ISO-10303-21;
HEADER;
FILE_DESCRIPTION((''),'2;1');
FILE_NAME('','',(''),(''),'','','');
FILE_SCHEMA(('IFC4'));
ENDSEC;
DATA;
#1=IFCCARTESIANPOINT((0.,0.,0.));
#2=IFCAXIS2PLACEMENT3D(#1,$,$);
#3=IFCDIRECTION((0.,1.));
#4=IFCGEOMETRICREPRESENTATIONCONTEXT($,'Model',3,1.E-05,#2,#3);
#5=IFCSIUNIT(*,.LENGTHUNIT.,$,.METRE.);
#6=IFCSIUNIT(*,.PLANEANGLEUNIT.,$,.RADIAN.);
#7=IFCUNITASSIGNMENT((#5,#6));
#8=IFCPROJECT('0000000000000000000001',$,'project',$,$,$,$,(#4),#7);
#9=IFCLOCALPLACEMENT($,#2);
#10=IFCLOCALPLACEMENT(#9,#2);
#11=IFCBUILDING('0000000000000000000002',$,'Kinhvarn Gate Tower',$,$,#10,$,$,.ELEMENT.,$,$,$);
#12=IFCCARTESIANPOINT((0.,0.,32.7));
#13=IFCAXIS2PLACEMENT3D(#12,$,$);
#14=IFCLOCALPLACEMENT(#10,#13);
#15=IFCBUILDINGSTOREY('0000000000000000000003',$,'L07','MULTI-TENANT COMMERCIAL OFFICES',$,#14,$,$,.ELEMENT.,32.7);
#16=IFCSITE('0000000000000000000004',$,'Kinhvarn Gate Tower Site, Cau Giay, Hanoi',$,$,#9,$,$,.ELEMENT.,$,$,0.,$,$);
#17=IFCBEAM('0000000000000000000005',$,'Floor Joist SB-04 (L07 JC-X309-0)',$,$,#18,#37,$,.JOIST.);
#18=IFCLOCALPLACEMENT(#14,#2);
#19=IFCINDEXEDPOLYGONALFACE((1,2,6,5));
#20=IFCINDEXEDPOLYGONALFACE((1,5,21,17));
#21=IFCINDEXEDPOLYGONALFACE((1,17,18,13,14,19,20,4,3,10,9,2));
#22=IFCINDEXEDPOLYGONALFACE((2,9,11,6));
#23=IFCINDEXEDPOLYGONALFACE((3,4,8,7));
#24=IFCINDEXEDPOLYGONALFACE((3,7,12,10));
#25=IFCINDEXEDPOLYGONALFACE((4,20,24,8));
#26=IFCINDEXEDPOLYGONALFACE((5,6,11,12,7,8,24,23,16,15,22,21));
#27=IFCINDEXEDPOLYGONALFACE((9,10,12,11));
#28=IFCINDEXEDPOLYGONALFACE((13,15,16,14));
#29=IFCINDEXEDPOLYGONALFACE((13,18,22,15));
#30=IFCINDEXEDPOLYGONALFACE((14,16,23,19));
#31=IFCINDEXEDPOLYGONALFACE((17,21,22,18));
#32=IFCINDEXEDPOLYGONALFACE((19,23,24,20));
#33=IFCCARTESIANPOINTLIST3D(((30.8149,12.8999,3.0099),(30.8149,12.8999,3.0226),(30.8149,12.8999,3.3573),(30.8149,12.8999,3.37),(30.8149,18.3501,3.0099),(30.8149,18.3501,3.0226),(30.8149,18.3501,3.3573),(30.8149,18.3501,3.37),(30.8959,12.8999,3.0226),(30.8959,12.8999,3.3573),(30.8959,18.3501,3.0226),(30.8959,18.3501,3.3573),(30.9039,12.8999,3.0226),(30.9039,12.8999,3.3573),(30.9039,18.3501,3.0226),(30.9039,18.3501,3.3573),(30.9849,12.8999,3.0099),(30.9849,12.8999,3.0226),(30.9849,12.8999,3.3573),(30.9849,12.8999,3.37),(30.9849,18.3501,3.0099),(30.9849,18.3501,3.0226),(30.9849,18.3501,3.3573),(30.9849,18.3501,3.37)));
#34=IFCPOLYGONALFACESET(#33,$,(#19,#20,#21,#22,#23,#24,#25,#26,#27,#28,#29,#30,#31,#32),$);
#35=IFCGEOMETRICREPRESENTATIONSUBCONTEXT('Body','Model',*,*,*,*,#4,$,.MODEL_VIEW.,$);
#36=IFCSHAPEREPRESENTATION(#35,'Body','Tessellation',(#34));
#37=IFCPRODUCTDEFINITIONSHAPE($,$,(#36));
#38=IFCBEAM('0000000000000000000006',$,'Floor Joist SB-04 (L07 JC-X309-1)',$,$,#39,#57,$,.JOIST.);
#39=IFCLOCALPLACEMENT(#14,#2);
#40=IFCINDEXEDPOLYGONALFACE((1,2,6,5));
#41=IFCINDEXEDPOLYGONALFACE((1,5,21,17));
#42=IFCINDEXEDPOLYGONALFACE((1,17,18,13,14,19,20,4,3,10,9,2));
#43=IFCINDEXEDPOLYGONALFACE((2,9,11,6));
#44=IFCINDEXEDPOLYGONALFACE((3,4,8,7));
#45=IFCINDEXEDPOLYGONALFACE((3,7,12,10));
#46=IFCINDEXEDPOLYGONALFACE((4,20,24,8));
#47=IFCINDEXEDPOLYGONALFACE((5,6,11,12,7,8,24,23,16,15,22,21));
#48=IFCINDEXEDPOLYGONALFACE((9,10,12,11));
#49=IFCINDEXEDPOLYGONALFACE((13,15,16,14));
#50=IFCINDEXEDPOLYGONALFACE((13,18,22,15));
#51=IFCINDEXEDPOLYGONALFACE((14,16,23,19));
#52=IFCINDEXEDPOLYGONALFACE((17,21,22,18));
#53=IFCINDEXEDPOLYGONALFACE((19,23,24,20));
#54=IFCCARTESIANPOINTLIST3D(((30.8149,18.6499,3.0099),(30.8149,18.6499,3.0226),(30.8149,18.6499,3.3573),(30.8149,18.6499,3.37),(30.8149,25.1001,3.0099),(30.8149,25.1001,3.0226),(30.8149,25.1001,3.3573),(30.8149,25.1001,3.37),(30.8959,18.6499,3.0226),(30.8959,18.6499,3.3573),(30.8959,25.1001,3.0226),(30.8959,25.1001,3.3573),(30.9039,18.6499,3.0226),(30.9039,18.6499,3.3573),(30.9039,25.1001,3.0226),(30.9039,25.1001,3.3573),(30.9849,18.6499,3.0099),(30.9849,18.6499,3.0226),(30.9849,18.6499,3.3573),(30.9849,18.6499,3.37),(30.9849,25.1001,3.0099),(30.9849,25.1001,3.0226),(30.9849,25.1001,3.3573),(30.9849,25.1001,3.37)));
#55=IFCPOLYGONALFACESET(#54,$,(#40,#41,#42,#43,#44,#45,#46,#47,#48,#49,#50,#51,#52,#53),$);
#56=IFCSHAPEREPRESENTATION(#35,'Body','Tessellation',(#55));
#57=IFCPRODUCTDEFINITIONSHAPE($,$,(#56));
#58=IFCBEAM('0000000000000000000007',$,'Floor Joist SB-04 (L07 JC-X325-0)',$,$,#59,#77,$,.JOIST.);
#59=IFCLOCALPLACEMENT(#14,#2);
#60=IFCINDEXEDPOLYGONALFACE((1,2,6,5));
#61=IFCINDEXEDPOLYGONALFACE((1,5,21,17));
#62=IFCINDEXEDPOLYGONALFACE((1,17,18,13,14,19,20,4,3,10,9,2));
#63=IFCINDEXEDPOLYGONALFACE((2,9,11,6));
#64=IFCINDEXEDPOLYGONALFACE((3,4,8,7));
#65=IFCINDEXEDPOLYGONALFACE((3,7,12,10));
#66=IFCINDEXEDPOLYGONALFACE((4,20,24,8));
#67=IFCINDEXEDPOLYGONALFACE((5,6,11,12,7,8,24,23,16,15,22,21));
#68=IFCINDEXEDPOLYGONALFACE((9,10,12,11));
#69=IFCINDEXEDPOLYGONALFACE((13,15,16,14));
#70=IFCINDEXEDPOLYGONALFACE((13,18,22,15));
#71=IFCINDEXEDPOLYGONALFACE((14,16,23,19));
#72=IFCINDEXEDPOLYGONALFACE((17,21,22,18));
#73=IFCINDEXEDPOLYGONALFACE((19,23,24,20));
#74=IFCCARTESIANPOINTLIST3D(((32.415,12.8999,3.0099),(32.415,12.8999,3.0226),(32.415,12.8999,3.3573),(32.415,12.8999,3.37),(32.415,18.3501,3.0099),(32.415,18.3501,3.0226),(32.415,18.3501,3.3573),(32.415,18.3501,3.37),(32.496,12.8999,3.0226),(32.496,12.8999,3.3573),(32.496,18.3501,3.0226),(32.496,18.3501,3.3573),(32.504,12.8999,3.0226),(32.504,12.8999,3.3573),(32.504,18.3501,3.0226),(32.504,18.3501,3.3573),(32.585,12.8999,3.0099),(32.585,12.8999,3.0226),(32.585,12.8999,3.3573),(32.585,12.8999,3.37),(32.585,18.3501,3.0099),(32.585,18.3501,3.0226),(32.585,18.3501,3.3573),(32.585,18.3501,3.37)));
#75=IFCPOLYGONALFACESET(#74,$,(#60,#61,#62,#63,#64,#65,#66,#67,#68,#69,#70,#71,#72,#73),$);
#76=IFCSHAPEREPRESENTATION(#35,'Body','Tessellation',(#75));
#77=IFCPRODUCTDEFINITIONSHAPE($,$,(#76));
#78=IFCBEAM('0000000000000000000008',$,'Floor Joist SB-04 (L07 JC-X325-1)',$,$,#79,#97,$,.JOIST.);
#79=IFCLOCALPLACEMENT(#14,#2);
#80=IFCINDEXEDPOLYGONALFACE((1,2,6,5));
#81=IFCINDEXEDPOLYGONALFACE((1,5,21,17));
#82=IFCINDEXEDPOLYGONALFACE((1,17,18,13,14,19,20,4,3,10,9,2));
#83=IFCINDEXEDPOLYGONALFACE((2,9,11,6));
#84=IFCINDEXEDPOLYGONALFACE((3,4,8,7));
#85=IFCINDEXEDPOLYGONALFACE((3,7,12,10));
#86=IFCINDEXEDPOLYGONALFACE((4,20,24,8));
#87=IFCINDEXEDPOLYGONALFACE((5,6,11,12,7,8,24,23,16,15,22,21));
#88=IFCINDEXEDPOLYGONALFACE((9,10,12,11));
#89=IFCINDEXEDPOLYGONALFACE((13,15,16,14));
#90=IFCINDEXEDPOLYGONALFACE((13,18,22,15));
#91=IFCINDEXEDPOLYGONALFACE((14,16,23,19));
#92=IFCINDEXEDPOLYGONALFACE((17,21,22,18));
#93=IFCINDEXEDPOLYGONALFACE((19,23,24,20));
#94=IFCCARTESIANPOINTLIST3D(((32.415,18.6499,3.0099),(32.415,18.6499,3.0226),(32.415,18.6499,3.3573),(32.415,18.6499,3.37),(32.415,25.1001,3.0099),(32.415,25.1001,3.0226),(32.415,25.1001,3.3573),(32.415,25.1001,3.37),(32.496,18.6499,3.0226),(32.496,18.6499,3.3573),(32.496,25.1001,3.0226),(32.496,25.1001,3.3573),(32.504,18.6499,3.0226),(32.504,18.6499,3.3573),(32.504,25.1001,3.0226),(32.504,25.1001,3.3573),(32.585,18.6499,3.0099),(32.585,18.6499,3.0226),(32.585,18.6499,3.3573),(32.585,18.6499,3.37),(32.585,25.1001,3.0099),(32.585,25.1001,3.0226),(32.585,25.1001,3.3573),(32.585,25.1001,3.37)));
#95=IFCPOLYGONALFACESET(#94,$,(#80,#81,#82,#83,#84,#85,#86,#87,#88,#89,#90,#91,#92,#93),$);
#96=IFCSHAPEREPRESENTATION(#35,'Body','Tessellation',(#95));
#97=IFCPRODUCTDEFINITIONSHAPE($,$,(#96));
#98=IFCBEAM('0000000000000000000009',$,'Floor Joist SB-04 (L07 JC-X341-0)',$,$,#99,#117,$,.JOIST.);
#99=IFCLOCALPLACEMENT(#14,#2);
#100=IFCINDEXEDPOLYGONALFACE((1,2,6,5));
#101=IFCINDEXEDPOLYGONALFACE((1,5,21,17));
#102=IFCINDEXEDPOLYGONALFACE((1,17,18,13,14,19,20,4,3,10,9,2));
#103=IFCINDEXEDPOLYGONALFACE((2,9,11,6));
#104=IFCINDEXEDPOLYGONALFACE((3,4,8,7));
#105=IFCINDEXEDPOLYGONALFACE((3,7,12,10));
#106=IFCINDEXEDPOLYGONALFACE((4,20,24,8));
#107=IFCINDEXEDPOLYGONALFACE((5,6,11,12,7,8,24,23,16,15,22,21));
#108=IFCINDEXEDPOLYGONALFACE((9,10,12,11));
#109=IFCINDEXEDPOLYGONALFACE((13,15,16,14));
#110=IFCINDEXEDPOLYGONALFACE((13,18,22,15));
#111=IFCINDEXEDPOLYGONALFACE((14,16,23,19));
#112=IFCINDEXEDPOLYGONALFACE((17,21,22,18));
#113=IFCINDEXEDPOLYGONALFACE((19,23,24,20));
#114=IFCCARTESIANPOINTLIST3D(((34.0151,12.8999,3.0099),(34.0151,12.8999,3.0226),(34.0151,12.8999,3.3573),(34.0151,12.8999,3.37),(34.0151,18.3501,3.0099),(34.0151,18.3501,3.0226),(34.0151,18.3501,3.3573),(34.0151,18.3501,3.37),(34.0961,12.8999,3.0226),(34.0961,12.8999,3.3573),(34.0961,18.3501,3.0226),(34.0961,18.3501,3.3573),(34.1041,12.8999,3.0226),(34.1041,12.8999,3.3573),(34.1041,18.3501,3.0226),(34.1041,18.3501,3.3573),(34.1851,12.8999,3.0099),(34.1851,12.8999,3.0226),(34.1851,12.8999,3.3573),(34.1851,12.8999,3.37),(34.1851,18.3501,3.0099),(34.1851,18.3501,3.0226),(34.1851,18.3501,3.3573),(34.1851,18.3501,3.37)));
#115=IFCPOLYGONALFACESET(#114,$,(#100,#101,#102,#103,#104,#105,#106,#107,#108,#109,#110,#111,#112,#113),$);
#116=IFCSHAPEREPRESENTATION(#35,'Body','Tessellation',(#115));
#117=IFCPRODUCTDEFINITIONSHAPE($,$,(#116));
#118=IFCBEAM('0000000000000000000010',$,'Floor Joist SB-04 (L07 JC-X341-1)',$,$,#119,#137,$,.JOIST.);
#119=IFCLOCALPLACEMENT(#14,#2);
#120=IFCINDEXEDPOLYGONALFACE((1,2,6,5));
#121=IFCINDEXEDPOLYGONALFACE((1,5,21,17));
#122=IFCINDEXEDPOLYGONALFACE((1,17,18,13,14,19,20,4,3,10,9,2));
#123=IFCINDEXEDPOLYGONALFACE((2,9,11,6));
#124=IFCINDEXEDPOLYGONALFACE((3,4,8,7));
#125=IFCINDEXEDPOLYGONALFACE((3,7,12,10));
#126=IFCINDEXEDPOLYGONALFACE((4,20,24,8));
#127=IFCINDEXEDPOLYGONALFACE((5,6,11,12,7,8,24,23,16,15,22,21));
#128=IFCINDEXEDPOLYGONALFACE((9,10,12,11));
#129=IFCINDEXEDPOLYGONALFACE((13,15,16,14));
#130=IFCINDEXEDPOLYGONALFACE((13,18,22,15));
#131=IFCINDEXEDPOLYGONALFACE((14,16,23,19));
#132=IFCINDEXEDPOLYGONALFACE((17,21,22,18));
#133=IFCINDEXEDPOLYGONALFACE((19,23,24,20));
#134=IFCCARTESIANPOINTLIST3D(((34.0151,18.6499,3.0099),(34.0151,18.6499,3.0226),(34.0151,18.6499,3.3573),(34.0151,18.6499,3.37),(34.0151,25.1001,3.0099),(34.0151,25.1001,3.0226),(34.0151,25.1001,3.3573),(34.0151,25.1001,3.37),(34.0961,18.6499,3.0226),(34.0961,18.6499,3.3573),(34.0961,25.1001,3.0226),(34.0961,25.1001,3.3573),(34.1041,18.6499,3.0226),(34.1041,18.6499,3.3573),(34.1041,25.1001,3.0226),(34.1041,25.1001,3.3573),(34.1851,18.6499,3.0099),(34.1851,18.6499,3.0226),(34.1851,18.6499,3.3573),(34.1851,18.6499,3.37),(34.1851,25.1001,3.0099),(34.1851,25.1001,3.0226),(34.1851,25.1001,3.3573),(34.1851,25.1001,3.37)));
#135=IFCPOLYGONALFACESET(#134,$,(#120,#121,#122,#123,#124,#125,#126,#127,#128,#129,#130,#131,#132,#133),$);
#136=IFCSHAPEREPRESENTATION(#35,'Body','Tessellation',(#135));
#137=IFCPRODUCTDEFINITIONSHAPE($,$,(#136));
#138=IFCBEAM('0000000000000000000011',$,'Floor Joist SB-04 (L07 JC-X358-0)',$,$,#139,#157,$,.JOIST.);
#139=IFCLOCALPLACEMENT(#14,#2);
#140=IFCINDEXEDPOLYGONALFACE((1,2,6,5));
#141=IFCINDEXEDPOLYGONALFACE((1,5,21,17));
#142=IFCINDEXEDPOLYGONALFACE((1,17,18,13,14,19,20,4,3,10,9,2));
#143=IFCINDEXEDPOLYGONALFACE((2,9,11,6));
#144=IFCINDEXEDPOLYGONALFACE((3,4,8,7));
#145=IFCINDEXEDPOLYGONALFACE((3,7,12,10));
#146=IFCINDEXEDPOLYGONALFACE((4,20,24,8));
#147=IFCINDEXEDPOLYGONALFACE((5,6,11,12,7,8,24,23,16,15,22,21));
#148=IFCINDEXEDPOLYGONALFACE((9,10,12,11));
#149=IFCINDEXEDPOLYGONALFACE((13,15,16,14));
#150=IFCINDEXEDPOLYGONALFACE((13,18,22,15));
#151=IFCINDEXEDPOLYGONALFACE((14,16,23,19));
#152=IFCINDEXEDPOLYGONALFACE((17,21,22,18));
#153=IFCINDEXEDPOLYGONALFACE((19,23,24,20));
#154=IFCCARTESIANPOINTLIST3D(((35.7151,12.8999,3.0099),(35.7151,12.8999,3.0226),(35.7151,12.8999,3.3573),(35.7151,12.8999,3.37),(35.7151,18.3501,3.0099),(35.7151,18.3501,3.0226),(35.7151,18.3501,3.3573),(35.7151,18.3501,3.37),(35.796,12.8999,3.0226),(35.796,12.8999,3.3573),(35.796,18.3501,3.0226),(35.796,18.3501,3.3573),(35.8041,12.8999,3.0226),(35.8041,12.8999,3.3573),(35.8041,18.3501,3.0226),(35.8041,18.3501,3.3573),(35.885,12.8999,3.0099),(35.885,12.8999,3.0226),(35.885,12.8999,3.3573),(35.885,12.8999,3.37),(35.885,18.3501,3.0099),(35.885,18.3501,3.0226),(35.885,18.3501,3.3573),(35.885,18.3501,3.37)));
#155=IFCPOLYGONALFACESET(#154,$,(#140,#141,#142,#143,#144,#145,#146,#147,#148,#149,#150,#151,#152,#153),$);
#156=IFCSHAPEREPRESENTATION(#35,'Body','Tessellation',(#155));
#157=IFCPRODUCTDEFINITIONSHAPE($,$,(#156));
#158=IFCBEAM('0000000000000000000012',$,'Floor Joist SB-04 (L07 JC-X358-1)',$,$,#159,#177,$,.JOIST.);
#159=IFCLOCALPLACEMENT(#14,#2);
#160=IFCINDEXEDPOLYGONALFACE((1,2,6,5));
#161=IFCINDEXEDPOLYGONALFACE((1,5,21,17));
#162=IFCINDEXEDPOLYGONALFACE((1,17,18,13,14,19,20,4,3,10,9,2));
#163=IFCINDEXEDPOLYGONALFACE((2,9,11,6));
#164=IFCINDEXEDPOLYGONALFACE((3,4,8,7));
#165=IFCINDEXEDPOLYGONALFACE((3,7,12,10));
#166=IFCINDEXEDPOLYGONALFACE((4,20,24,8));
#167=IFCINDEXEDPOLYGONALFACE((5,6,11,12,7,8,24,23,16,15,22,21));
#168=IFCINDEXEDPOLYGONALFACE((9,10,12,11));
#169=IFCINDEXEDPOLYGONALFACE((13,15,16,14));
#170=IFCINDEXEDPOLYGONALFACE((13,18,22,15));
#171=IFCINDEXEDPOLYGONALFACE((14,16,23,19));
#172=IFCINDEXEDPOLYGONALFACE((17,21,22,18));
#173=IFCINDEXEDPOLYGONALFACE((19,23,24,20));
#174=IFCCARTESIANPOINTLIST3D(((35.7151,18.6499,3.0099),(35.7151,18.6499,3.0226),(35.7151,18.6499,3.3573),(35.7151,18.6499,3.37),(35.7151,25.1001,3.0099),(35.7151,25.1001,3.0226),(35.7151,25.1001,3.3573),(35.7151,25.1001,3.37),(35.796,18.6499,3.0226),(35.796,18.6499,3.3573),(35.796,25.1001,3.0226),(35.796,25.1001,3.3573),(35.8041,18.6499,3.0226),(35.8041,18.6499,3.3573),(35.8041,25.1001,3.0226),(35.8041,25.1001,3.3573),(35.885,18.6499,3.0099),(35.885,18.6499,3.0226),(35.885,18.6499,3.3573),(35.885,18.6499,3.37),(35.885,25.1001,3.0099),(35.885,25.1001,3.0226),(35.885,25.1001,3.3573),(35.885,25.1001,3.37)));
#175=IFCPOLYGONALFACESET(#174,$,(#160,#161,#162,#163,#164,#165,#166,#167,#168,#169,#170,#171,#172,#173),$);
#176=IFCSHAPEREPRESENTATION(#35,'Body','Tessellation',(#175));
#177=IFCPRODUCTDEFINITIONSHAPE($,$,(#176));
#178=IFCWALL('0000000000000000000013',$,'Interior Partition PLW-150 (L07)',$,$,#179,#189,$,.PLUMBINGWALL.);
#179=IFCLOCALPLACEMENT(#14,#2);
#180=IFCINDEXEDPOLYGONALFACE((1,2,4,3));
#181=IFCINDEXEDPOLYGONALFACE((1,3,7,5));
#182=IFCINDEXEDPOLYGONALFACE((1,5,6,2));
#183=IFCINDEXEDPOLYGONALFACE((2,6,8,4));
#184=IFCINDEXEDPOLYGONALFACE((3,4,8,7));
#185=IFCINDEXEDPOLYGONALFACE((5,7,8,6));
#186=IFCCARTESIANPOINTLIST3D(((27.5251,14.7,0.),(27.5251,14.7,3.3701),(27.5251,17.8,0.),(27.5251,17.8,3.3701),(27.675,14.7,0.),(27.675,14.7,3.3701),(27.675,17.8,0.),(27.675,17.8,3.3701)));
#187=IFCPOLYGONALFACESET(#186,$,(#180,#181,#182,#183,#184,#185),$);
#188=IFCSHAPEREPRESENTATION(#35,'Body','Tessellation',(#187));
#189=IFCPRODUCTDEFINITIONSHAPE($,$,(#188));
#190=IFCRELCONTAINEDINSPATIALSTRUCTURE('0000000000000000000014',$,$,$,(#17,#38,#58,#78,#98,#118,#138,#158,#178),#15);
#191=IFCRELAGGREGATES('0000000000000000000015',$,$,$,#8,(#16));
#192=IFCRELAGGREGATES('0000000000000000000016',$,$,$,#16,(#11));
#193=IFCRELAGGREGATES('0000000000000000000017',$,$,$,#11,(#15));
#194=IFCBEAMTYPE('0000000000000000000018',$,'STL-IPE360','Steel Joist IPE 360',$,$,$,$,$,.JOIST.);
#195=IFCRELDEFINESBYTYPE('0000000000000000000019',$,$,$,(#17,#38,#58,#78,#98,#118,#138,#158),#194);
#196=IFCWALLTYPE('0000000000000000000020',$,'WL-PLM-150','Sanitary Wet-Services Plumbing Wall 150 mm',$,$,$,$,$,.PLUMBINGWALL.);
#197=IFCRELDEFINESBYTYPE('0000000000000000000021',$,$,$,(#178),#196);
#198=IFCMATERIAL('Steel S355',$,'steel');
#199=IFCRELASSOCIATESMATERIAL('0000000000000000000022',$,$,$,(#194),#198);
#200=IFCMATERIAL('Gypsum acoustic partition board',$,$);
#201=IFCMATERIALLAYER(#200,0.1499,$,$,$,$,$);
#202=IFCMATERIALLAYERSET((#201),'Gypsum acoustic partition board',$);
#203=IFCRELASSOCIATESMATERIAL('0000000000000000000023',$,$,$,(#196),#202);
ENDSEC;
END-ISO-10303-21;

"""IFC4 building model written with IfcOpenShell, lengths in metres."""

from ifc_helpers import new_model, si_unit, direction, frame, frame_2d, origin, origin_2d, place, context, subcontext, project, spatial, rectangle, i_section, extrude, material, layer, layer_set, material_profile, profile_set, type_object, element, save


model = new_model("IFC4")

# Units and contexts
model_context = context("Model", 3, precision=1e-05, world=origin(), true_north=direction((0.0, 1.0)))
body_context = subcontext(model_context, "Body", "Model", "MODEL_VIEW")
ifc_project = project(units=[si_unit("LENGTHUNIT", "METRE"), si_unit("PLANEANGLEUNIT", "RADIAN")], contexts=[model_context])

# Site, building, storey
site_placement = place(None, origin())
site = spatial("IfcSite", under=ifc_project, at=site_placement, Name="Kinhvarn Gate Tower Site, Cau Giay, Hanoi", CompositionType="ELEMENT", RefElevation=0.0)
building_placement = place(site_placement, origin())
building = spatial("IfcBuilding", under=site, at=building_placement, Name="Kinhvarn Gate Tower", CompositionType="ELEMENT")
storey_placement = place(building_placement, frame((0.0, 0.0, 32.7)))
storey = spatial("IfcBuildingStorey", under=building, at=storey_placement, Name="L07", Description="MULTI-TENANT COMMERCIAL OFFICES", CompositionType="ELEMENT", Elevation=32.7)

# Beams
ifc_material_1 = material(Name="Steel S355", Category="steel")
ifc_material_profile_1 = material_profile(ifc_material_1, i_section(OverallWidth=0.1699, OverallDepth=0.3601, WebThickness=0.0081, FlangeThickness=0.0127, at=origin_2d()), Name="IPE 360")
ifc_profile_set_1 = profile_set([ifc_material_profile_1], Name="Steel S355")
beam_type_1 = type_object("IfcBeamType", Name="STL-IPE360", Description="Steel Joist IPE 360", PredefinedType="JOIST", material=ifc_profile_set_1)
beam_1_placement = place(storey_placement, frame((30.8999, 12.8999, 3.1899), z_axis=(0.0, 1.0, 0.0), x_axis=(-1.0, 0.0, 0.0)))
element("IfcBeam", 1, at=beam_1_placement, inside=storey, type_object=beam_type_1, Name="Floor Joist SB-04 (L07 JC-X309-0)", PredefinedType="JOIST", context=body_context, shape_type="SweptSolid", body=[
    extrude(i_section(OverallWidth=0.1699, OverallDepth=0.3601, WebThickness=0.0081, FlangeThickness=0.0127, at=origin_2d()), origin(), (0.0, 0.0, 1.0), 5.4502),
])
beam_2_placement = place(storey_placement, frame((30.8999, 18.6499, 3.1899), z_axis=(0.0, 1.0, 0.0), x_axis=(-1.0, 0.0, 0.0)))
element("IfcBeam", 2, at=beam_2_placement, inside=storey, type_object=beam_type_1, Name="Floor Joist SB-04 (L07 JC-X309-1)", PredefinedType="JOIST", context=body_context, shape_type="SweptSolid", body=[
    extrude(i_section(OverallWidth=0.1699, OverallDepth=0.3601, WebThickness=0.0081, FlangeThickness=0.0127, at=origin_2d()), origin(), (0.0, 0.0, 1.0), 6.4502),
])
beam_3_placement = place(storey_placement, frame((32.5, 12.8999, 3.1899), z_axis=(0.0, 1.0, 0.0), x_axis=(-1.0, 0.0, 0.0)))
element("IfcBeam", 3, at=beam_3_placement, inside=storey, type_object=beam_type_1, Name="Floor Joist SB-04 (L07 JC-X325-0)", PredefinedType="JOIST", context=body_context, shape_type="SweptSolid", body=[
    extrude(i_section(OverallWidth=0.1699, OverallDepth=0.3601, WebThickness=0.0081, FlangeThickness=0.0127, at=origin_2d()), origin(), (0.0, 0.0, 1.0), 5.4502),
])
beam_4_placement = place(storey_placement, frame((32.5, 18.6499, 3.1899), z_axis=(0.0, 1.0, 0.0), x_axis=(-1.0, 0.0, 0.0)))
element("IfcBeam", 4, at=beam_4_placement, inside=storey, type_object=beam_type_1, Name="Floor Joist SB-04 (L07 JC-X325-1)", PredefinedType="JOIST", context=body_context, shape_type="SweptSolid", body=[
    extrude(i_section(OverallWidth=0.1699, OverallDepth=0.3601, WebThickness=0.0081, FlangeThickness=0.0127, at=origin_2d()), origin(), (0.0, 0.0, 1.0), 6.4502),
])
beam_5_placement = place(storey_placement, frame((34.1001, 12.8999, 3.1899), z_axis=(0.0, 1.0, 0.0), x_axis=(-1.0, 0.0, 0.0)))
element("IfcBeam", 5, at=beam_5_placement, inside=storey, type_object=beam_type_1, Name="Floor Joist SB-04 (L07 JC-X341-0)", PredefinedType="JOIST", context=body_context, shape_type="SweptSolid", body=[
    extrude(i_section(OverallWidth=0.1699, OverallDepth=0.3601, WebThickness=0.0081, FlangeThickness=0.0127, at=origin_2d()), origin(), (0.0, 0.0, 1.0), 5.4502),
])
beam_6_placement = place(storey_placement, frame((34.1001, 18.6499, 3.1899), z_axis=(0.0, 1.0, 0.0), x_axis=(-1.0, 0.0, 0.0)))
element("IfcBeam", 6, at=beam_6_placement, inside=storey, type_object=beam_type_1, Name="Floor Joist SB-04 (L07 JC-X341-1)", PredefinedType="JOIST", context=body_context, shape_type="SweptSolid", body=[
    extrude(i_section(OverallWidth=0.1699, OverallDepth=0.3601, WebThickness=0.0081, FlangeThickness=0.0127, at=origin_2d()), origin(), (0.0, 0.0, 1.0), 6.4502),
])
beam_7_placement = place(storey_placement, frame((35.8, 12.8999, 3.1899), z_axis=(0.0, 1.0, 0.0), x_axis=(-1.0, 0.0, 0.0)))
element("IfcBeam", 7, at=beam_7_placement, inside=storey, type_object=beam_type_1, Name="Floor Joist SB-04 (L07 JC-X358-0)", PredefinedType="JOIST", context=body_context, shape_type="SweptSolid", body=[
    extrude(i_section(OverallWidth=0.1699, OverallDepth=0.3601, WebThickness=0.0081, FlangeThickness=0.0127, at=origin_2d()), origin(), (0.0, 0.0, 1.0), 5.4502),
])
beam_8_placement = place(storey_placement, frame((35.8, 18.6499, 3.1899), z_axis=(0.0, 1.0, 0.0), x_axis=(-1.0, 0.0, 0.0)))
element("IfcBeam", 8, at=beam_8_placement, inside=storey, type_object=beam_type_1, Name="Floor Joist SB-04 (L07 JC-X358-1)", PredefinedType="JOIST", context=body_context, shape_type="SweptSolid", body=[
    extrude(i_section(OverallWidth=0.1699, OverallDepth=0.3601, WebThickness=0.0081, FlangeThickness=0.0127, at=origin_2d()), origin(), (0.0, 0.0, 1.0), 6.4502),
])

# Wall
ifc_material_2 = material(Name="Gypsum acoustic partition board")
ifc_layer_1 = layer(ifc_material_2, 0.1499)
ifc_layer_set_1 = layer_set([ifc_layer_1], Name="Gypsum acoustic partition board")
wall_type_1 = type_object("IfcWallType", Name="WL-PLM-150", Description="Sanitary Wet-Services Plumbing Wall 150 mm", PredefinedType="PLUMBINGWALL", material=ifc_layer_set_1)
for number, where, z_axis, x_axis, name in (
    (9, (27.6001, 14.7, 0.0), (0.0, 0.0, 1.0), (0.0, 1.0, 0.0), "Interior Partition PLW-150 (L07)"),
):
    element("IfcWall", number, at=place(storey_placement, frame(where, z_axis=z_axis, x_axis=x_axis)), inside=storey, type_object=wall_type_1, Name=name, PredefinedType="PLUMBINGWALL", context=body_context, shape_type="SweptSolid", body=[
        extrude(rectangle(XDim=3.1001, YDim=0.1499, at=frame_2d((1.55, 0.0))), origin(), (0.0, 0.0, 1.0), 3.3701),
    ])

save(model, "model.ifc")
